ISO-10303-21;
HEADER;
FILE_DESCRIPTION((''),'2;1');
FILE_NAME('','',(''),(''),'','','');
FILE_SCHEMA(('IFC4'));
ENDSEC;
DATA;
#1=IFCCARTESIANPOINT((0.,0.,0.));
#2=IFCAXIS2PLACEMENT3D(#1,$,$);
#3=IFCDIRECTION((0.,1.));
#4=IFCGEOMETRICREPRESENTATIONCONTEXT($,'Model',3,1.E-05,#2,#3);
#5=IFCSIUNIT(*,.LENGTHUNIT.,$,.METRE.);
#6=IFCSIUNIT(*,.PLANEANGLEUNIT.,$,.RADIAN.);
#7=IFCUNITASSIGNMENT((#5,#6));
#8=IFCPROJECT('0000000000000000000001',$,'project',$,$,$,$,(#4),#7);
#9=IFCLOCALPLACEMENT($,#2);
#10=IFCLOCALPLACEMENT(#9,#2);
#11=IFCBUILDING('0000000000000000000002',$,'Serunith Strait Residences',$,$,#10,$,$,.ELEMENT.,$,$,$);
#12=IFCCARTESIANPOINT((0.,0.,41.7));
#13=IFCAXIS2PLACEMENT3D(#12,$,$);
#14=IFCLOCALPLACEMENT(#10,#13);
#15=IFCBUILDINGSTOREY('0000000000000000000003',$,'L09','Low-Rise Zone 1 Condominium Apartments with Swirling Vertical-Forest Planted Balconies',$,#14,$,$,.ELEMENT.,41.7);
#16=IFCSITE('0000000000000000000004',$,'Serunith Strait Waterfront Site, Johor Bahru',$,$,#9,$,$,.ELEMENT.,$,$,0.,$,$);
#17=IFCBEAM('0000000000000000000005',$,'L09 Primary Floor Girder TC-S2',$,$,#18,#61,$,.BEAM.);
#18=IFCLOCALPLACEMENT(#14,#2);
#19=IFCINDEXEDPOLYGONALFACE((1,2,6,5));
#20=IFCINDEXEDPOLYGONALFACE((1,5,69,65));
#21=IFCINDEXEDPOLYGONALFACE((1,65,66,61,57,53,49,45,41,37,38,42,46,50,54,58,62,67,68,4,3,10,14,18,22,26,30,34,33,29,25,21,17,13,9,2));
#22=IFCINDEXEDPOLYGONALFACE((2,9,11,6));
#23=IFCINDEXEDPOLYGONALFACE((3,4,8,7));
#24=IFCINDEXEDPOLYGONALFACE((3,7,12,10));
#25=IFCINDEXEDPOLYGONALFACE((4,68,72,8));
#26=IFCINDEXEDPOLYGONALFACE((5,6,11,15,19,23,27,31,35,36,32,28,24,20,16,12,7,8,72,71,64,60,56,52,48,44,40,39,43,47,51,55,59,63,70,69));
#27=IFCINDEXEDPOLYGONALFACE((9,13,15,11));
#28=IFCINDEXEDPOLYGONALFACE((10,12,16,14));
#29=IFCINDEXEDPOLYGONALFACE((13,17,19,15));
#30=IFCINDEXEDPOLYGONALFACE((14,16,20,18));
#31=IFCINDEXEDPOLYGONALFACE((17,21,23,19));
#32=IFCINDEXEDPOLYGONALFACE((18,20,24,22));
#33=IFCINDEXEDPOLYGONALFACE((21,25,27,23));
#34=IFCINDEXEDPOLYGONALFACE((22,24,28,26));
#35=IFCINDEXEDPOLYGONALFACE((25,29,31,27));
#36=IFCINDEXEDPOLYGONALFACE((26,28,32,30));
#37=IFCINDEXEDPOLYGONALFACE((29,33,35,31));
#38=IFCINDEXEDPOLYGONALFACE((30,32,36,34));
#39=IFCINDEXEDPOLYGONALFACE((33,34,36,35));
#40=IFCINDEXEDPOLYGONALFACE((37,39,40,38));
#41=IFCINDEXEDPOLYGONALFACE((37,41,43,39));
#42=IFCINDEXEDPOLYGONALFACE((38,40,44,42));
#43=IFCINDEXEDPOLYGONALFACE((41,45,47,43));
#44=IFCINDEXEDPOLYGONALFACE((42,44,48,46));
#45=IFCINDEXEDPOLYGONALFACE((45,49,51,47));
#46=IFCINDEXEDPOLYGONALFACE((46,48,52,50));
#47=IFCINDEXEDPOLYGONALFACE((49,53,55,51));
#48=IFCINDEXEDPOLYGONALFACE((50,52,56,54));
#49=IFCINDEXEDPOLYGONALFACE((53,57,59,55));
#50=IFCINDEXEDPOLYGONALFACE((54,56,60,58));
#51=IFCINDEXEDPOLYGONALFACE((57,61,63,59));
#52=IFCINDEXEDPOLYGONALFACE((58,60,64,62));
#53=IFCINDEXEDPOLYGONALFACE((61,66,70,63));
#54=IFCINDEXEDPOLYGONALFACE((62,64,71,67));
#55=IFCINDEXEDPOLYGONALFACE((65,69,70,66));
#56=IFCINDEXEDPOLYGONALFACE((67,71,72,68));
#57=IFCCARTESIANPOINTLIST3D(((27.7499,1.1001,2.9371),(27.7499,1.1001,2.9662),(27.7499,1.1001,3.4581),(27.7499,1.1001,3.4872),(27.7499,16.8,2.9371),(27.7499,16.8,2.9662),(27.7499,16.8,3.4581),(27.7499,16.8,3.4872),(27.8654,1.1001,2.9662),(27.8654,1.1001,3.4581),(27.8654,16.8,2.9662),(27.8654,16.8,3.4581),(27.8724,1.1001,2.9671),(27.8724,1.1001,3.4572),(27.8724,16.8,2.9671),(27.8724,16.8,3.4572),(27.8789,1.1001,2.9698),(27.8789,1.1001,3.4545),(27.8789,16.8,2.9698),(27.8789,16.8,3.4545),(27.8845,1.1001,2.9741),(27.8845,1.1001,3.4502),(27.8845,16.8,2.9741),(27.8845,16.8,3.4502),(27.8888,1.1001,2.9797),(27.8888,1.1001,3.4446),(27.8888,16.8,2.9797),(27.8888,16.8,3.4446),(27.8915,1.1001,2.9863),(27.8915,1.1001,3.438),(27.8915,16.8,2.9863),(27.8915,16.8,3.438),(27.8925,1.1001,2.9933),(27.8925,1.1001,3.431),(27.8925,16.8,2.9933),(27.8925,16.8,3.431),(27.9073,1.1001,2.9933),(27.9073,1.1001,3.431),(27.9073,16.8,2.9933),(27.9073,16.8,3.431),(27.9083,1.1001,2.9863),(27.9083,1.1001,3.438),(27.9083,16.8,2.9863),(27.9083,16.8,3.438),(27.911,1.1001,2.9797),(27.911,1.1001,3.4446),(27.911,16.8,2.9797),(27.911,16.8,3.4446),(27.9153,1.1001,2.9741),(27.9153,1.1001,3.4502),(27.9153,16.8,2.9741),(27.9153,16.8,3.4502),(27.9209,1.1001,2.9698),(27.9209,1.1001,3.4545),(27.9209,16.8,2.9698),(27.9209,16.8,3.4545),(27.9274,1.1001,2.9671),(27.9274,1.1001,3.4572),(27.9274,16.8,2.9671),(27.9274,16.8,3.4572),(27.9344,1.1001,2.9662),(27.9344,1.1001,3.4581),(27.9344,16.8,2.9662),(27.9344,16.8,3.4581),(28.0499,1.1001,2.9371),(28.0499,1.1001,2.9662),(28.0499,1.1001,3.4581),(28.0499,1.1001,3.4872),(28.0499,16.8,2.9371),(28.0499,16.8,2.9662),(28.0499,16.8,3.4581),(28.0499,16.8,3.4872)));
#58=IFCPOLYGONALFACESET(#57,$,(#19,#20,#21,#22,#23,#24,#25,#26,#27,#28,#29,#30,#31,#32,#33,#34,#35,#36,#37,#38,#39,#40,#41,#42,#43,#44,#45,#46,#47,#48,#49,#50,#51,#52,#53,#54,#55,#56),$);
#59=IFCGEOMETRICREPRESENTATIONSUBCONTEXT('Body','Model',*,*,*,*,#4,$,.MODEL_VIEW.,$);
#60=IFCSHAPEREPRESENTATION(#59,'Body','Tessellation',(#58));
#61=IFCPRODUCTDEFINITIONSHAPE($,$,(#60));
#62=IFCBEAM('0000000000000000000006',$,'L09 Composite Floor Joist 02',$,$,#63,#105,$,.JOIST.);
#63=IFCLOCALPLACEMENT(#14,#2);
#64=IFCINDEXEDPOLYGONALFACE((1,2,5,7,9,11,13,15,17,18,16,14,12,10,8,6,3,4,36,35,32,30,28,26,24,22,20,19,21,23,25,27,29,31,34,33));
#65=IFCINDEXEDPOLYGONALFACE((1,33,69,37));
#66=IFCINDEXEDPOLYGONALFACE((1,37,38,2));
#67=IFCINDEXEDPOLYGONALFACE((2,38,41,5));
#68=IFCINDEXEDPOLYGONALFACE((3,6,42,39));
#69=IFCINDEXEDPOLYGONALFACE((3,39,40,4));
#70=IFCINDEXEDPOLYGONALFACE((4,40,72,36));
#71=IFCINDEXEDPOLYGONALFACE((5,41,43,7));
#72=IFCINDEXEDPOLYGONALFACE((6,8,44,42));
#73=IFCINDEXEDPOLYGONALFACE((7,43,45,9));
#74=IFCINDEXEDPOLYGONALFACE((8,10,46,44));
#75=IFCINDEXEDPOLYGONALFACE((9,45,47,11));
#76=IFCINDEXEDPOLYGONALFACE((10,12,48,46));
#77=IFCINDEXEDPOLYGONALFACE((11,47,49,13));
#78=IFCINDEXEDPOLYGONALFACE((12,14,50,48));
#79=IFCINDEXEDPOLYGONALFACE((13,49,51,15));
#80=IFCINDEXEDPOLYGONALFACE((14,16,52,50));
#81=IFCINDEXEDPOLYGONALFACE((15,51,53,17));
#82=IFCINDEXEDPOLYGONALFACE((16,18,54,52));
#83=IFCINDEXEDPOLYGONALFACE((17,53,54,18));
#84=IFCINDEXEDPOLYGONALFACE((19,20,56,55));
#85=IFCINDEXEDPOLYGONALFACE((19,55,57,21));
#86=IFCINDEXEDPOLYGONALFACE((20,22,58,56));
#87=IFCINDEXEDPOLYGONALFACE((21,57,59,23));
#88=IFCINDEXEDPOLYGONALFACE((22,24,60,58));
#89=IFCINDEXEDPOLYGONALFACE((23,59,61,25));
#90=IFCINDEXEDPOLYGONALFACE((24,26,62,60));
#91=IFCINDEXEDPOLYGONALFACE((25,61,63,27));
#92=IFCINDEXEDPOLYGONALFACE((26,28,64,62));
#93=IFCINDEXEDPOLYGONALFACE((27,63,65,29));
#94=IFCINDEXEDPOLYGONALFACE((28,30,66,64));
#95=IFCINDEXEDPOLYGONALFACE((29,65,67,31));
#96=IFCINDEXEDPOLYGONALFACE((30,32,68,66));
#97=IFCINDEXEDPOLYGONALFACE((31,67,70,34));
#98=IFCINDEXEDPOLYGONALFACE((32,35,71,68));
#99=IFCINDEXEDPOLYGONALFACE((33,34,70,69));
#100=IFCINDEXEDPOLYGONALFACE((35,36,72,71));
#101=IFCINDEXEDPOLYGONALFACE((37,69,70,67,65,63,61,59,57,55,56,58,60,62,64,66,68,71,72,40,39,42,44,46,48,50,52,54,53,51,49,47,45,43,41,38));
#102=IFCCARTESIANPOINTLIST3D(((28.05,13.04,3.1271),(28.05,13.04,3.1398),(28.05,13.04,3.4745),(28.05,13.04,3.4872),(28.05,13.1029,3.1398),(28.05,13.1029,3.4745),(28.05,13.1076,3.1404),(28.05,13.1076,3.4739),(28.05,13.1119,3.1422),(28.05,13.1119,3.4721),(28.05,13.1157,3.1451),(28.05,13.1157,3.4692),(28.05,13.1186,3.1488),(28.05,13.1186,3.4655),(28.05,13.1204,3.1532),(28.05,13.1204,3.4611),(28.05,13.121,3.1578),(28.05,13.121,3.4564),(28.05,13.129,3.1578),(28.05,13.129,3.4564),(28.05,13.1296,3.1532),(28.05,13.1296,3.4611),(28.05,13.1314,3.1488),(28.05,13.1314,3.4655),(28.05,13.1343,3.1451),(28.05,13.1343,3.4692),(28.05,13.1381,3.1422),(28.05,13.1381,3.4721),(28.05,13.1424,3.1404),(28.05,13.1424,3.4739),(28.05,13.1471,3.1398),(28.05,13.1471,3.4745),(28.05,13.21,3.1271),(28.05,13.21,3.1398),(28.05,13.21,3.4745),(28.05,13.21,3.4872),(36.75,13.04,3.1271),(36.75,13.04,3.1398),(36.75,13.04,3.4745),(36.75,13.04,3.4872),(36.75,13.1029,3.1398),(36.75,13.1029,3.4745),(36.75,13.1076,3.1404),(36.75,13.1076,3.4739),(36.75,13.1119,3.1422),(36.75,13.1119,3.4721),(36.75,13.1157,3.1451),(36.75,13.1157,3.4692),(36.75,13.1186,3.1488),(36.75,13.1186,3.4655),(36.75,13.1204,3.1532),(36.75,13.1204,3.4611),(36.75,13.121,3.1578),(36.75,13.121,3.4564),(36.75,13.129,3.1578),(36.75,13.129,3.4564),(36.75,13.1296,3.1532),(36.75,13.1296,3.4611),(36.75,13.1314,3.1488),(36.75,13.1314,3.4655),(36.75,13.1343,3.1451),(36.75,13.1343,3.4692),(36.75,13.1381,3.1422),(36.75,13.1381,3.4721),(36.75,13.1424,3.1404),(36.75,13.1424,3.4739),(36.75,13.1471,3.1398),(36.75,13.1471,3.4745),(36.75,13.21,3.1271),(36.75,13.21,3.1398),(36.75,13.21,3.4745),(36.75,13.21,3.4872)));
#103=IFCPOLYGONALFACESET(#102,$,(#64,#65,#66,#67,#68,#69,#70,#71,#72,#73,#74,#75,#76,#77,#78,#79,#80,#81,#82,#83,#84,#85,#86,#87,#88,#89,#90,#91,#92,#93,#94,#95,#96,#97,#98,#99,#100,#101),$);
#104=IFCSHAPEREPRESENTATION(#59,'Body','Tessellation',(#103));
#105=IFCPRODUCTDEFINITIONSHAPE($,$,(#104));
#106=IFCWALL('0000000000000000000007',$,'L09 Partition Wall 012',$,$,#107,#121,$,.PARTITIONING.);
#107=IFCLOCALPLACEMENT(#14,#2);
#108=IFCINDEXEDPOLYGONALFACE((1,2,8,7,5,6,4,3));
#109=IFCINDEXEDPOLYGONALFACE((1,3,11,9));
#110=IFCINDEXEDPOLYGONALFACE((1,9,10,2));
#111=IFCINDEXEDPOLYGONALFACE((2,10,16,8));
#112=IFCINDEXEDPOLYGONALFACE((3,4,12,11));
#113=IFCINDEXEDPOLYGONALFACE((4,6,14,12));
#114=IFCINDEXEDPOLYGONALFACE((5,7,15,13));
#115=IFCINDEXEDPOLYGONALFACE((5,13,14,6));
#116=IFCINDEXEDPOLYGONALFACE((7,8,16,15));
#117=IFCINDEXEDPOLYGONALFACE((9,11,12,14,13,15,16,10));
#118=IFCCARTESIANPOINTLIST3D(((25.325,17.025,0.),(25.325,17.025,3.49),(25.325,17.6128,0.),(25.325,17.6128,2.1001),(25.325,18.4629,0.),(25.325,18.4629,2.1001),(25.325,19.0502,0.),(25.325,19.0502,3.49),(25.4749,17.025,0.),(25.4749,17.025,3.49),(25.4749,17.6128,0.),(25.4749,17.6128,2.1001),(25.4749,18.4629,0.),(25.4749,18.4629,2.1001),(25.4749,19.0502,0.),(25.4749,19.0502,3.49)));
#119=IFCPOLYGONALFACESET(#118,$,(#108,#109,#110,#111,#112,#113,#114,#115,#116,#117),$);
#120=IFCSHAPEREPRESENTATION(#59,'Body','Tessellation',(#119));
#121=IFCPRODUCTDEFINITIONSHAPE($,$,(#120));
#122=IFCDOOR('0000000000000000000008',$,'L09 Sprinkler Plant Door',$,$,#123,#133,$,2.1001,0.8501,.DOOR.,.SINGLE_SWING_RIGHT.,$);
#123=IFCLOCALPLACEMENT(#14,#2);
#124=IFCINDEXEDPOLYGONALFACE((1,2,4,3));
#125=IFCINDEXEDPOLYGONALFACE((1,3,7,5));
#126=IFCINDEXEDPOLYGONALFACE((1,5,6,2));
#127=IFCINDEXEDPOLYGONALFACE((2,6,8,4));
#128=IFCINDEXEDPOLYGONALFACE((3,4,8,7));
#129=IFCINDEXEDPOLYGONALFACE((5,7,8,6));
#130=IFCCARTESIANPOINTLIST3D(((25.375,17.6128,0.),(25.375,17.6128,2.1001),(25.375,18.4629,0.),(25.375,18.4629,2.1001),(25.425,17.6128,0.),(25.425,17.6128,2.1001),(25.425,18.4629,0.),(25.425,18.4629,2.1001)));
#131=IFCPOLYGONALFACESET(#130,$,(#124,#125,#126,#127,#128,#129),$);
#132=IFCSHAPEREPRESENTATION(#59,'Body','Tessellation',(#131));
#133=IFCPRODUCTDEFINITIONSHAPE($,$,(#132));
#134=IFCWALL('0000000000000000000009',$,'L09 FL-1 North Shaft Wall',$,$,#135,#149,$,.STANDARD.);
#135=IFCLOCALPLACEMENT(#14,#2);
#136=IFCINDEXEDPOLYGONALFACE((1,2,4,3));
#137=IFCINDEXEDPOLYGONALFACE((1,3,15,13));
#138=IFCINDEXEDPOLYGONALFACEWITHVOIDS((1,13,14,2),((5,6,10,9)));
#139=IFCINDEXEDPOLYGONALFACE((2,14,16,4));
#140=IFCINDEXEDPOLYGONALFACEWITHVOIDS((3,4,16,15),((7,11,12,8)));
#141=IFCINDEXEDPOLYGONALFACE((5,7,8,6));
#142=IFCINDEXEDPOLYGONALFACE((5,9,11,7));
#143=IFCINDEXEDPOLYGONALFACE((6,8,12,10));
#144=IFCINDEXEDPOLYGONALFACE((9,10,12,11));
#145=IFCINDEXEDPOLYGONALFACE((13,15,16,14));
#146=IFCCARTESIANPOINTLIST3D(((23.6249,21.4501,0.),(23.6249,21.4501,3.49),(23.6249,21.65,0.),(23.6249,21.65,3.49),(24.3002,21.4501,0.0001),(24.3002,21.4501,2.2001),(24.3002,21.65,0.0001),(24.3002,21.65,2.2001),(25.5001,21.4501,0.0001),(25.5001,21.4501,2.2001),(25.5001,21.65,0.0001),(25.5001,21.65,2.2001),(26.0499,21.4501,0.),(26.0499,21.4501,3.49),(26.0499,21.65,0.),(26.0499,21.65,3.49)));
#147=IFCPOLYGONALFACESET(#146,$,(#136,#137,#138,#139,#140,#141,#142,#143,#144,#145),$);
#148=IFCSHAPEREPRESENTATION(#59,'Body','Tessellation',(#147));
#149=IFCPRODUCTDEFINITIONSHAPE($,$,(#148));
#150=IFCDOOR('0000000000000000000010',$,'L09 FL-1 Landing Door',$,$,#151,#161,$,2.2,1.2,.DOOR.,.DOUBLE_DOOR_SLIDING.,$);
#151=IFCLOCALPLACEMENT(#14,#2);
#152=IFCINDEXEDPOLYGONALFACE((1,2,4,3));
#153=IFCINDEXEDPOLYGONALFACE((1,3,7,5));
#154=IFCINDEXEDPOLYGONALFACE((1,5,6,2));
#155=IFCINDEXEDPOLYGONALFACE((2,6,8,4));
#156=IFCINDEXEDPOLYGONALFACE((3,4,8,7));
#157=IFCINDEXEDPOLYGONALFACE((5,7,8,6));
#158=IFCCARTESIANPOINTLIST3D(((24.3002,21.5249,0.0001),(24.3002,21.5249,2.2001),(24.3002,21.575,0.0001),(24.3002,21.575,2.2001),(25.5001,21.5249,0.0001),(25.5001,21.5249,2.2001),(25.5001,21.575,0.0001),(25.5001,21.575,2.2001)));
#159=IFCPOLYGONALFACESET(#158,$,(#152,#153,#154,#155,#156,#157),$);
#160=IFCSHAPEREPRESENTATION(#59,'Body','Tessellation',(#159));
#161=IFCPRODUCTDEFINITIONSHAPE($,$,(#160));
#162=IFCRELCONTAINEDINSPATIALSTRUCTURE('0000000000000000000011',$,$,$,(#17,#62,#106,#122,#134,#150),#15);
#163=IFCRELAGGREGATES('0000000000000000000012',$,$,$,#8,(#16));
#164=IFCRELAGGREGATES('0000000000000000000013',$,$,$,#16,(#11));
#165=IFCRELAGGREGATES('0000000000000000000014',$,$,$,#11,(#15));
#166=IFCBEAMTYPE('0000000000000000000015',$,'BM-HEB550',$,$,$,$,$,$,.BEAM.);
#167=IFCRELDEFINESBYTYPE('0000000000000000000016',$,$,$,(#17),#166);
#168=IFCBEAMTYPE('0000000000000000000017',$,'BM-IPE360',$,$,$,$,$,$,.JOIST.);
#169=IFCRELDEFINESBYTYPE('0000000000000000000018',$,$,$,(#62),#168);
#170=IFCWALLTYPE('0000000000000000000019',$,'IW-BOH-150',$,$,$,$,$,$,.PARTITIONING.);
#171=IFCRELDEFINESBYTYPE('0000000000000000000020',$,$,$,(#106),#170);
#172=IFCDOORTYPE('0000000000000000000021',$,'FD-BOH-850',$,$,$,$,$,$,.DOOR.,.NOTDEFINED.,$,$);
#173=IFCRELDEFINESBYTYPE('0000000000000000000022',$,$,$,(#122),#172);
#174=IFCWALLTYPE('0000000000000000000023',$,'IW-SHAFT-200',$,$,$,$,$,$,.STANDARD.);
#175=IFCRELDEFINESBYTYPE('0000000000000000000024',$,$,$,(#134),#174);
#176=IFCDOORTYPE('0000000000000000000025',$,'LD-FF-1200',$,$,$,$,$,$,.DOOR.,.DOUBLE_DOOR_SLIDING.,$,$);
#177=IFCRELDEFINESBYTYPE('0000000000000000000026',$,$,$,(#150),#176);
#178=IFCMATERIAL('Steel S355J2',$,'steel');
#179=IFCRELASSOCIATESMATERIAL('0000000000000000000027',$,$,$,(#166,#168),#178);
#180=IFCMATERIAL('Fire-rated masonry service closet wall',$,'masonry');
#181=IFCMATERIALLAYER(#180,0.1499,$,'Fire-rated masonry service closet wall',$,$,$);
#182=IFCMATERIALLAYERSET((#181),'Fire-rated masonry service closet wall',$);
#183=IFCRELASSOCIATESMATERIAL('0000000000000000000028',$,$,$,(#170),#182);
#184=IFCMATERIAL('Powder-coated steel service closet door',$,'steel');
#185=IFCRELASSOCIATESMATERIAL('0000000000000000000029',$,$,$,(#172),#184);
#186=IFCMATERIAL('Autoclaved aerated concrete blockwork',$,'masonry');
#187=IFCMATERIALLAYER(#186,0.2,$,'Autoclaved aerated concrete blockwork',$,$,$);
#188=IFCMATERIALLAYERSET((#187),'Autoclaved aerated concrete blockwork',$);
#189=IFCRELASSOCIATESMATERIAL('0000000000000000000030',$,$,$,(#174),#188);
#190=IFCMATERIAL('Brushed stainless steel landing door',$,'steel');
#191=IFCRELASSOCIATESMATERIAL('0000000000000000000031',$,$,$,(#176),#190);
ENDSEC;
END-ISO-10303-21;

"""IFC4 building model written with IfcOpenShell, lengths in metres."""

from ifc_helpers import new_model, si_unit, direction, frame, frame_2d, origin, origin_2d, place, context, subcontext, project, spatial, rectangle, i_section, extrude, source, transform, mapped, material, layer, layer_set, material_profile, profile_set, type_object, element, fill, save


model = new_model("IFC4")

# Units and contexts
model_context = context("Model", 3, precision=1e-05, world=origin(), true_north=direction((0.0, 1.0)))
body_context = subcontext(model_context, "Body", "Model", "MODEL_VIEW")
ifc_project = project(units=[si_unit("LENGTHUNIT", "METRE"), si_unit("PLANEANGLEUNIT", "RADIAN")], contexts=[model_context])

# Site, building, storey
site_placement = place(None, origin())
site = spatial("IfcSite", under=ifc_project, at=site_placement, Name="Serunith Strait Waterfront Site, Johor Bahru", CompositionType="ELEMENT", RefElevation=0.0)
building_placement = place(site_placement, origin())
building = spatial("IfcBuilding", under=site, at=building_placement, Name="Serunith Strait Residences", CompositionType="ELEMENT")
storey_placement = place(building_placement, frame((0.0, 0.0, 41.7)))
storey = spatial("IfcBuildingStorey", under=building, at=storey_placement, Name="L09", Description="Low-Rise Zone 1 Condominium Apartments with Swirling Vertical-Forest Planted Balconies", CompositionType="ELEMENT", Elevation=41.7)

# Beams
ifc_material_1 = material(Name="Steel S355J2", Category="steel")
ifc_material_profile_1 = material_profile(ifc_material_1, i_section(OverallWidth=0.3, OverallDepth=0.55, WebThickness=0.0149, FlangeThickness=0.0291, FilletRadius=0.0271, at=origin_2d()), Name="HEB 550")
ifc_profile_set_1 = profile_set([ifc_material_profile_1], Name="Steel S355J2")
beam_type_1 = type_object("IfcBeamType", Name="BM-HEB550", PredefinedType="BEAM", material=ifc_profile_set_1)
shared_shape_1 = source(origin(), body_context, "Body", "SweptSolid", [
    extrude(i_section(OverallWidth=0.3, OverallDepth=0.55, WebThickness=0.0149, FlangeThickness=0.0291, FilletRadius=0.0271, at=origin_2d()), origin(), (0.0, 0.0, 1.0), 15.7),
])
beam_1_placement = place(storey_placement, frame((27.8999, 16.8, 3.2122), z_axis=(0.0, -1.0, 0.0), x_axis=(1.0, 0.0, 0.0)))
element("IfcBeam", 1, at=beam_1_placement, inside=storey, type_object=beam_type_1, Name="L09 Primary Floor Girder TC-S2", PredefinedType="BEAM", context=body_context, shape_type="MappedRepresentation", body=[
    mapped(shared_shape_1, transform((0.0, 0.0, 0.0), scale=1.0)),
])
ifc_material_profile_2 = material_profile(ifc_material_1, i_section(OverallWidth=0.1699, OverallDepth=0.3601, WebThickness=0.0081, FlangeThickness=0.0127, FilletRadius=0.0181, at=origin_2d()), Name="IPE 360")
ifc_profile_set_2 = profile_set([ifc_material_profile_2], Name="Steel S355J2")
beam_type_2 = type_object("IfcBeamType", Name="BM-IPE360", PredefinedType="JOIST", material=ifc_profile_set_2)
shared_shape_2 = source(origin(), body_context, "Body", "SweptSolid", [
    extrude(i_section(OverallWidth=0.1699, OverallDepth=0.3601, WebThickness=0.0081, FlangeThickness=0.0127, FilletRadius=0.0181, at=origin_2d()), origin(), (0.0, 0.0, 1.0), 8.7),
])
beam_2_placement = place(storey_placement, frame((28.05, 13.125, 3.3071), z_axis=(1.0, 0.0, 0.0), x_axis=(0.0, 1.0, 0.0)))
element("IfcBeam", 2, at=beam_2_placement, inside=storey, type_object=beam_type_2, Name="L09 Composite Floor Joist 02", PredefinedType="JOIST", context=body_context, shape_type="MappedRepresentation", body=[
    mapped(shared_shape_2, transform((0.0, 0.0, 0.0), scale=1.0)),
])

# Walls, openings, doors
ifc_material_2 = material(Name="Fire-rated masonry service closet wall", Category="masonry")
ifc_layer_1 = layer(ifc_material_2, 0.1499, Name="Fire-rated masonry service closet wall")
ifc_layer_set_1 = layer_set([ifc_layer_1], Name="Fire-rated masonry service closet wall")
wall_type_1 = type_object("IfcWallType", Name="IW-BOH-150", PredefinedType="PARTITIONING", material=ifc_layer_set_1)
wall_1_placement = place(storey_placement, frame((25.3999, 17.0249, 0.0), z_axis=(0.0, 0.0, 1.0), x_axis=(0.0, 1.0, 0.0)))
wall_1 = element("IfcWall", 3, at=wall_1_placement, inside=storey, type_object=wall_type_1, Name="L09 Partition Wall 012", PredefinedType="PARTITIONING", context=body_context, shape_type="SweptSolid", body=[
    extrude(rectangle(XDim=2.0251, YDim=0.1499, at=frame_2d((1.0127, 0.0))), origin(), (0.0, 0.0, 1.0), 3.49),
])
opening_1_placement = place(wall_1_placement, frame((0.5879, 0.0, 0.0)))
opening_1 = element("IfcOpeningElement", 4, at=opening_1_placement, cuts=wall_1, PredefinedType="OPENING", context=body_context, shape_type="SweptSolid", body=[
    extrude(rectangle(XDim=0.8501, YDim=2.1001, at=frame_2d((0.425, 1.05))), frame((0.0, 0.085, 0.0), z_axis=(0.0, -1.0, 0.0), x_axis=(1.0, 0.0, 0.0)), (0.0, 0.0, 1.0), 0.1699),
])
ifc_material_3 = material(Name="Powder-coated steel service closet door", Category="steel")
door_type_1 = type_object("IfcDoorType", Name="FD-BOH-850", OperationType="NOTDEFINED", PredefinedType="DOOR", material=ifc_material_3)
shared_shape_3 = source(origin(), body_context, "Body", "SweptSolid", [
    extrude(rectangle(XDim=0.8501, YDim=2.1001, at=frame_2d((0.425, 1.05))), frame((0.0, 0.0249, 0.0), z_axis=(0.0, -1.0, 0.0), x_axis=(1.0, 0.0, 0.0)), (0.0, 0.0, 1.0), 0.05),
])
door_1_placement = place(opening_1_placement, origin())
door_1 = element("IfcDoor", 5, at=door_1_placement, inside=storey, type_object=door_type_1, Name="L09 Sprinkler Plant Door", OperationType="SINGLE_SWING_RIGHT", OverallHeight=2.1001, OverallWidth=0.8501, PredefinedType="DOOR", context=body_context, shape_type="MappedRepresentation", body=[
    mapped(shared_shape_3, transform((0.0, 0.0, 0.0), scale=1.0)),
])
fill(opening_1, door_1)
ifc_material_4 = material(Name="Autoclaved aerated concrete blockwork", Category="masonry")
ifc_layer_2 = layer(ifc_material_4, 0.2, Name="Autoclaved aerated concrete blockwork")
ifc_layer_set_2 = layer_set([ifc_layer_2], Name="Autoclaved aerated concrete blockwork")
wall_type_2 = type_object("IfcWallType", Name="IW-SHAFT-200", PredefinedType="STANDARD", material=ifc_layer_set_2)
wall_2_placement = place(storey_placement, frame((23.625, 21.55, 0.0), z_axis=(0.0, 0.0, 1.0), x_axis=(1.0, 0.0, 0.0)))
wall_2 = element("IfcWall", 6, at=wall_2_placement, inside=storey, type_object=wall_type_2, Name="L09 FL-1 North Shaft Wall", PredefinedType="STANDARD", context=body_context, shape_type="SweptSolid", body=[
    extrude(rectangle(XDim=2.425, YDim=0.2, at=frame_2d((1.2124, 0.0))), origin(), (0.0, 0.0, 1.0), 3.49),
])
opening_2_placement = place(wall_2_placement, frame((0.675, 0.0, 0.0)))
opening_2 = element("IfcOpeningElement", 7, at=opening_2_placement, cuts=wall_2, PredefinedType="OPENING", context=body_context, shape_type="SweptSolid", body=[
    extrude(rectangle(XDim=1.2, YDim=2.2, at=frame_2d((0.6001, 1.1001))), frame((0.0, 0.1099, 0.0), z_axis=(0.0, -1.0, 0.0), x_axis=(1.0, 0.0, 0.0)), (0.0, 0.0, 1.0), 0.22),
])
ifc_material_5 = material(Name="Brushed stainless steel landing door", Category="steel")
door_type_2 = type_object("IfcDoorType", Name="LD-FF-1200", OperationType="DOUBLE_DOOR_SLIDING", PredefinedType="DOOR", material=ifc_material_5)
shared_shape_4 = source(origin(), body_context, "Body", "SweptSolid", [
    extrude(rectangle(XDim=1.2, YDim=2.2, at=frame_2d((0.6001, 1.1001))), frame((0.0, 0.0249, 0.0), z_axis=(0.0, -1.0, 0.0), x_axis=(1.0, 0.0, 0.0)), (0.0, 0.0, 1.0), 0.05),
])
door_2_placement = place(opening_2_placement, origin())
door_2 = element("IfcDoor", 8, at=door_2_placement, inside=storey, type_object=door_type_2, Name="L09 FL-1 Landing Door", OperationType="DOUBLE_DOOR_SLIDING", OverallHeight=2.2, OverallWidth=1.2, PredefinedType="DOOR", context=body_context, shape_type="MappedRepresentation", body=[
    mapped(shared_shape_4, transform((0.0, 0.0, 0.0), scale=1.0)),
])
fill(opening_2, door_2)

save(model, "model.ifc")
